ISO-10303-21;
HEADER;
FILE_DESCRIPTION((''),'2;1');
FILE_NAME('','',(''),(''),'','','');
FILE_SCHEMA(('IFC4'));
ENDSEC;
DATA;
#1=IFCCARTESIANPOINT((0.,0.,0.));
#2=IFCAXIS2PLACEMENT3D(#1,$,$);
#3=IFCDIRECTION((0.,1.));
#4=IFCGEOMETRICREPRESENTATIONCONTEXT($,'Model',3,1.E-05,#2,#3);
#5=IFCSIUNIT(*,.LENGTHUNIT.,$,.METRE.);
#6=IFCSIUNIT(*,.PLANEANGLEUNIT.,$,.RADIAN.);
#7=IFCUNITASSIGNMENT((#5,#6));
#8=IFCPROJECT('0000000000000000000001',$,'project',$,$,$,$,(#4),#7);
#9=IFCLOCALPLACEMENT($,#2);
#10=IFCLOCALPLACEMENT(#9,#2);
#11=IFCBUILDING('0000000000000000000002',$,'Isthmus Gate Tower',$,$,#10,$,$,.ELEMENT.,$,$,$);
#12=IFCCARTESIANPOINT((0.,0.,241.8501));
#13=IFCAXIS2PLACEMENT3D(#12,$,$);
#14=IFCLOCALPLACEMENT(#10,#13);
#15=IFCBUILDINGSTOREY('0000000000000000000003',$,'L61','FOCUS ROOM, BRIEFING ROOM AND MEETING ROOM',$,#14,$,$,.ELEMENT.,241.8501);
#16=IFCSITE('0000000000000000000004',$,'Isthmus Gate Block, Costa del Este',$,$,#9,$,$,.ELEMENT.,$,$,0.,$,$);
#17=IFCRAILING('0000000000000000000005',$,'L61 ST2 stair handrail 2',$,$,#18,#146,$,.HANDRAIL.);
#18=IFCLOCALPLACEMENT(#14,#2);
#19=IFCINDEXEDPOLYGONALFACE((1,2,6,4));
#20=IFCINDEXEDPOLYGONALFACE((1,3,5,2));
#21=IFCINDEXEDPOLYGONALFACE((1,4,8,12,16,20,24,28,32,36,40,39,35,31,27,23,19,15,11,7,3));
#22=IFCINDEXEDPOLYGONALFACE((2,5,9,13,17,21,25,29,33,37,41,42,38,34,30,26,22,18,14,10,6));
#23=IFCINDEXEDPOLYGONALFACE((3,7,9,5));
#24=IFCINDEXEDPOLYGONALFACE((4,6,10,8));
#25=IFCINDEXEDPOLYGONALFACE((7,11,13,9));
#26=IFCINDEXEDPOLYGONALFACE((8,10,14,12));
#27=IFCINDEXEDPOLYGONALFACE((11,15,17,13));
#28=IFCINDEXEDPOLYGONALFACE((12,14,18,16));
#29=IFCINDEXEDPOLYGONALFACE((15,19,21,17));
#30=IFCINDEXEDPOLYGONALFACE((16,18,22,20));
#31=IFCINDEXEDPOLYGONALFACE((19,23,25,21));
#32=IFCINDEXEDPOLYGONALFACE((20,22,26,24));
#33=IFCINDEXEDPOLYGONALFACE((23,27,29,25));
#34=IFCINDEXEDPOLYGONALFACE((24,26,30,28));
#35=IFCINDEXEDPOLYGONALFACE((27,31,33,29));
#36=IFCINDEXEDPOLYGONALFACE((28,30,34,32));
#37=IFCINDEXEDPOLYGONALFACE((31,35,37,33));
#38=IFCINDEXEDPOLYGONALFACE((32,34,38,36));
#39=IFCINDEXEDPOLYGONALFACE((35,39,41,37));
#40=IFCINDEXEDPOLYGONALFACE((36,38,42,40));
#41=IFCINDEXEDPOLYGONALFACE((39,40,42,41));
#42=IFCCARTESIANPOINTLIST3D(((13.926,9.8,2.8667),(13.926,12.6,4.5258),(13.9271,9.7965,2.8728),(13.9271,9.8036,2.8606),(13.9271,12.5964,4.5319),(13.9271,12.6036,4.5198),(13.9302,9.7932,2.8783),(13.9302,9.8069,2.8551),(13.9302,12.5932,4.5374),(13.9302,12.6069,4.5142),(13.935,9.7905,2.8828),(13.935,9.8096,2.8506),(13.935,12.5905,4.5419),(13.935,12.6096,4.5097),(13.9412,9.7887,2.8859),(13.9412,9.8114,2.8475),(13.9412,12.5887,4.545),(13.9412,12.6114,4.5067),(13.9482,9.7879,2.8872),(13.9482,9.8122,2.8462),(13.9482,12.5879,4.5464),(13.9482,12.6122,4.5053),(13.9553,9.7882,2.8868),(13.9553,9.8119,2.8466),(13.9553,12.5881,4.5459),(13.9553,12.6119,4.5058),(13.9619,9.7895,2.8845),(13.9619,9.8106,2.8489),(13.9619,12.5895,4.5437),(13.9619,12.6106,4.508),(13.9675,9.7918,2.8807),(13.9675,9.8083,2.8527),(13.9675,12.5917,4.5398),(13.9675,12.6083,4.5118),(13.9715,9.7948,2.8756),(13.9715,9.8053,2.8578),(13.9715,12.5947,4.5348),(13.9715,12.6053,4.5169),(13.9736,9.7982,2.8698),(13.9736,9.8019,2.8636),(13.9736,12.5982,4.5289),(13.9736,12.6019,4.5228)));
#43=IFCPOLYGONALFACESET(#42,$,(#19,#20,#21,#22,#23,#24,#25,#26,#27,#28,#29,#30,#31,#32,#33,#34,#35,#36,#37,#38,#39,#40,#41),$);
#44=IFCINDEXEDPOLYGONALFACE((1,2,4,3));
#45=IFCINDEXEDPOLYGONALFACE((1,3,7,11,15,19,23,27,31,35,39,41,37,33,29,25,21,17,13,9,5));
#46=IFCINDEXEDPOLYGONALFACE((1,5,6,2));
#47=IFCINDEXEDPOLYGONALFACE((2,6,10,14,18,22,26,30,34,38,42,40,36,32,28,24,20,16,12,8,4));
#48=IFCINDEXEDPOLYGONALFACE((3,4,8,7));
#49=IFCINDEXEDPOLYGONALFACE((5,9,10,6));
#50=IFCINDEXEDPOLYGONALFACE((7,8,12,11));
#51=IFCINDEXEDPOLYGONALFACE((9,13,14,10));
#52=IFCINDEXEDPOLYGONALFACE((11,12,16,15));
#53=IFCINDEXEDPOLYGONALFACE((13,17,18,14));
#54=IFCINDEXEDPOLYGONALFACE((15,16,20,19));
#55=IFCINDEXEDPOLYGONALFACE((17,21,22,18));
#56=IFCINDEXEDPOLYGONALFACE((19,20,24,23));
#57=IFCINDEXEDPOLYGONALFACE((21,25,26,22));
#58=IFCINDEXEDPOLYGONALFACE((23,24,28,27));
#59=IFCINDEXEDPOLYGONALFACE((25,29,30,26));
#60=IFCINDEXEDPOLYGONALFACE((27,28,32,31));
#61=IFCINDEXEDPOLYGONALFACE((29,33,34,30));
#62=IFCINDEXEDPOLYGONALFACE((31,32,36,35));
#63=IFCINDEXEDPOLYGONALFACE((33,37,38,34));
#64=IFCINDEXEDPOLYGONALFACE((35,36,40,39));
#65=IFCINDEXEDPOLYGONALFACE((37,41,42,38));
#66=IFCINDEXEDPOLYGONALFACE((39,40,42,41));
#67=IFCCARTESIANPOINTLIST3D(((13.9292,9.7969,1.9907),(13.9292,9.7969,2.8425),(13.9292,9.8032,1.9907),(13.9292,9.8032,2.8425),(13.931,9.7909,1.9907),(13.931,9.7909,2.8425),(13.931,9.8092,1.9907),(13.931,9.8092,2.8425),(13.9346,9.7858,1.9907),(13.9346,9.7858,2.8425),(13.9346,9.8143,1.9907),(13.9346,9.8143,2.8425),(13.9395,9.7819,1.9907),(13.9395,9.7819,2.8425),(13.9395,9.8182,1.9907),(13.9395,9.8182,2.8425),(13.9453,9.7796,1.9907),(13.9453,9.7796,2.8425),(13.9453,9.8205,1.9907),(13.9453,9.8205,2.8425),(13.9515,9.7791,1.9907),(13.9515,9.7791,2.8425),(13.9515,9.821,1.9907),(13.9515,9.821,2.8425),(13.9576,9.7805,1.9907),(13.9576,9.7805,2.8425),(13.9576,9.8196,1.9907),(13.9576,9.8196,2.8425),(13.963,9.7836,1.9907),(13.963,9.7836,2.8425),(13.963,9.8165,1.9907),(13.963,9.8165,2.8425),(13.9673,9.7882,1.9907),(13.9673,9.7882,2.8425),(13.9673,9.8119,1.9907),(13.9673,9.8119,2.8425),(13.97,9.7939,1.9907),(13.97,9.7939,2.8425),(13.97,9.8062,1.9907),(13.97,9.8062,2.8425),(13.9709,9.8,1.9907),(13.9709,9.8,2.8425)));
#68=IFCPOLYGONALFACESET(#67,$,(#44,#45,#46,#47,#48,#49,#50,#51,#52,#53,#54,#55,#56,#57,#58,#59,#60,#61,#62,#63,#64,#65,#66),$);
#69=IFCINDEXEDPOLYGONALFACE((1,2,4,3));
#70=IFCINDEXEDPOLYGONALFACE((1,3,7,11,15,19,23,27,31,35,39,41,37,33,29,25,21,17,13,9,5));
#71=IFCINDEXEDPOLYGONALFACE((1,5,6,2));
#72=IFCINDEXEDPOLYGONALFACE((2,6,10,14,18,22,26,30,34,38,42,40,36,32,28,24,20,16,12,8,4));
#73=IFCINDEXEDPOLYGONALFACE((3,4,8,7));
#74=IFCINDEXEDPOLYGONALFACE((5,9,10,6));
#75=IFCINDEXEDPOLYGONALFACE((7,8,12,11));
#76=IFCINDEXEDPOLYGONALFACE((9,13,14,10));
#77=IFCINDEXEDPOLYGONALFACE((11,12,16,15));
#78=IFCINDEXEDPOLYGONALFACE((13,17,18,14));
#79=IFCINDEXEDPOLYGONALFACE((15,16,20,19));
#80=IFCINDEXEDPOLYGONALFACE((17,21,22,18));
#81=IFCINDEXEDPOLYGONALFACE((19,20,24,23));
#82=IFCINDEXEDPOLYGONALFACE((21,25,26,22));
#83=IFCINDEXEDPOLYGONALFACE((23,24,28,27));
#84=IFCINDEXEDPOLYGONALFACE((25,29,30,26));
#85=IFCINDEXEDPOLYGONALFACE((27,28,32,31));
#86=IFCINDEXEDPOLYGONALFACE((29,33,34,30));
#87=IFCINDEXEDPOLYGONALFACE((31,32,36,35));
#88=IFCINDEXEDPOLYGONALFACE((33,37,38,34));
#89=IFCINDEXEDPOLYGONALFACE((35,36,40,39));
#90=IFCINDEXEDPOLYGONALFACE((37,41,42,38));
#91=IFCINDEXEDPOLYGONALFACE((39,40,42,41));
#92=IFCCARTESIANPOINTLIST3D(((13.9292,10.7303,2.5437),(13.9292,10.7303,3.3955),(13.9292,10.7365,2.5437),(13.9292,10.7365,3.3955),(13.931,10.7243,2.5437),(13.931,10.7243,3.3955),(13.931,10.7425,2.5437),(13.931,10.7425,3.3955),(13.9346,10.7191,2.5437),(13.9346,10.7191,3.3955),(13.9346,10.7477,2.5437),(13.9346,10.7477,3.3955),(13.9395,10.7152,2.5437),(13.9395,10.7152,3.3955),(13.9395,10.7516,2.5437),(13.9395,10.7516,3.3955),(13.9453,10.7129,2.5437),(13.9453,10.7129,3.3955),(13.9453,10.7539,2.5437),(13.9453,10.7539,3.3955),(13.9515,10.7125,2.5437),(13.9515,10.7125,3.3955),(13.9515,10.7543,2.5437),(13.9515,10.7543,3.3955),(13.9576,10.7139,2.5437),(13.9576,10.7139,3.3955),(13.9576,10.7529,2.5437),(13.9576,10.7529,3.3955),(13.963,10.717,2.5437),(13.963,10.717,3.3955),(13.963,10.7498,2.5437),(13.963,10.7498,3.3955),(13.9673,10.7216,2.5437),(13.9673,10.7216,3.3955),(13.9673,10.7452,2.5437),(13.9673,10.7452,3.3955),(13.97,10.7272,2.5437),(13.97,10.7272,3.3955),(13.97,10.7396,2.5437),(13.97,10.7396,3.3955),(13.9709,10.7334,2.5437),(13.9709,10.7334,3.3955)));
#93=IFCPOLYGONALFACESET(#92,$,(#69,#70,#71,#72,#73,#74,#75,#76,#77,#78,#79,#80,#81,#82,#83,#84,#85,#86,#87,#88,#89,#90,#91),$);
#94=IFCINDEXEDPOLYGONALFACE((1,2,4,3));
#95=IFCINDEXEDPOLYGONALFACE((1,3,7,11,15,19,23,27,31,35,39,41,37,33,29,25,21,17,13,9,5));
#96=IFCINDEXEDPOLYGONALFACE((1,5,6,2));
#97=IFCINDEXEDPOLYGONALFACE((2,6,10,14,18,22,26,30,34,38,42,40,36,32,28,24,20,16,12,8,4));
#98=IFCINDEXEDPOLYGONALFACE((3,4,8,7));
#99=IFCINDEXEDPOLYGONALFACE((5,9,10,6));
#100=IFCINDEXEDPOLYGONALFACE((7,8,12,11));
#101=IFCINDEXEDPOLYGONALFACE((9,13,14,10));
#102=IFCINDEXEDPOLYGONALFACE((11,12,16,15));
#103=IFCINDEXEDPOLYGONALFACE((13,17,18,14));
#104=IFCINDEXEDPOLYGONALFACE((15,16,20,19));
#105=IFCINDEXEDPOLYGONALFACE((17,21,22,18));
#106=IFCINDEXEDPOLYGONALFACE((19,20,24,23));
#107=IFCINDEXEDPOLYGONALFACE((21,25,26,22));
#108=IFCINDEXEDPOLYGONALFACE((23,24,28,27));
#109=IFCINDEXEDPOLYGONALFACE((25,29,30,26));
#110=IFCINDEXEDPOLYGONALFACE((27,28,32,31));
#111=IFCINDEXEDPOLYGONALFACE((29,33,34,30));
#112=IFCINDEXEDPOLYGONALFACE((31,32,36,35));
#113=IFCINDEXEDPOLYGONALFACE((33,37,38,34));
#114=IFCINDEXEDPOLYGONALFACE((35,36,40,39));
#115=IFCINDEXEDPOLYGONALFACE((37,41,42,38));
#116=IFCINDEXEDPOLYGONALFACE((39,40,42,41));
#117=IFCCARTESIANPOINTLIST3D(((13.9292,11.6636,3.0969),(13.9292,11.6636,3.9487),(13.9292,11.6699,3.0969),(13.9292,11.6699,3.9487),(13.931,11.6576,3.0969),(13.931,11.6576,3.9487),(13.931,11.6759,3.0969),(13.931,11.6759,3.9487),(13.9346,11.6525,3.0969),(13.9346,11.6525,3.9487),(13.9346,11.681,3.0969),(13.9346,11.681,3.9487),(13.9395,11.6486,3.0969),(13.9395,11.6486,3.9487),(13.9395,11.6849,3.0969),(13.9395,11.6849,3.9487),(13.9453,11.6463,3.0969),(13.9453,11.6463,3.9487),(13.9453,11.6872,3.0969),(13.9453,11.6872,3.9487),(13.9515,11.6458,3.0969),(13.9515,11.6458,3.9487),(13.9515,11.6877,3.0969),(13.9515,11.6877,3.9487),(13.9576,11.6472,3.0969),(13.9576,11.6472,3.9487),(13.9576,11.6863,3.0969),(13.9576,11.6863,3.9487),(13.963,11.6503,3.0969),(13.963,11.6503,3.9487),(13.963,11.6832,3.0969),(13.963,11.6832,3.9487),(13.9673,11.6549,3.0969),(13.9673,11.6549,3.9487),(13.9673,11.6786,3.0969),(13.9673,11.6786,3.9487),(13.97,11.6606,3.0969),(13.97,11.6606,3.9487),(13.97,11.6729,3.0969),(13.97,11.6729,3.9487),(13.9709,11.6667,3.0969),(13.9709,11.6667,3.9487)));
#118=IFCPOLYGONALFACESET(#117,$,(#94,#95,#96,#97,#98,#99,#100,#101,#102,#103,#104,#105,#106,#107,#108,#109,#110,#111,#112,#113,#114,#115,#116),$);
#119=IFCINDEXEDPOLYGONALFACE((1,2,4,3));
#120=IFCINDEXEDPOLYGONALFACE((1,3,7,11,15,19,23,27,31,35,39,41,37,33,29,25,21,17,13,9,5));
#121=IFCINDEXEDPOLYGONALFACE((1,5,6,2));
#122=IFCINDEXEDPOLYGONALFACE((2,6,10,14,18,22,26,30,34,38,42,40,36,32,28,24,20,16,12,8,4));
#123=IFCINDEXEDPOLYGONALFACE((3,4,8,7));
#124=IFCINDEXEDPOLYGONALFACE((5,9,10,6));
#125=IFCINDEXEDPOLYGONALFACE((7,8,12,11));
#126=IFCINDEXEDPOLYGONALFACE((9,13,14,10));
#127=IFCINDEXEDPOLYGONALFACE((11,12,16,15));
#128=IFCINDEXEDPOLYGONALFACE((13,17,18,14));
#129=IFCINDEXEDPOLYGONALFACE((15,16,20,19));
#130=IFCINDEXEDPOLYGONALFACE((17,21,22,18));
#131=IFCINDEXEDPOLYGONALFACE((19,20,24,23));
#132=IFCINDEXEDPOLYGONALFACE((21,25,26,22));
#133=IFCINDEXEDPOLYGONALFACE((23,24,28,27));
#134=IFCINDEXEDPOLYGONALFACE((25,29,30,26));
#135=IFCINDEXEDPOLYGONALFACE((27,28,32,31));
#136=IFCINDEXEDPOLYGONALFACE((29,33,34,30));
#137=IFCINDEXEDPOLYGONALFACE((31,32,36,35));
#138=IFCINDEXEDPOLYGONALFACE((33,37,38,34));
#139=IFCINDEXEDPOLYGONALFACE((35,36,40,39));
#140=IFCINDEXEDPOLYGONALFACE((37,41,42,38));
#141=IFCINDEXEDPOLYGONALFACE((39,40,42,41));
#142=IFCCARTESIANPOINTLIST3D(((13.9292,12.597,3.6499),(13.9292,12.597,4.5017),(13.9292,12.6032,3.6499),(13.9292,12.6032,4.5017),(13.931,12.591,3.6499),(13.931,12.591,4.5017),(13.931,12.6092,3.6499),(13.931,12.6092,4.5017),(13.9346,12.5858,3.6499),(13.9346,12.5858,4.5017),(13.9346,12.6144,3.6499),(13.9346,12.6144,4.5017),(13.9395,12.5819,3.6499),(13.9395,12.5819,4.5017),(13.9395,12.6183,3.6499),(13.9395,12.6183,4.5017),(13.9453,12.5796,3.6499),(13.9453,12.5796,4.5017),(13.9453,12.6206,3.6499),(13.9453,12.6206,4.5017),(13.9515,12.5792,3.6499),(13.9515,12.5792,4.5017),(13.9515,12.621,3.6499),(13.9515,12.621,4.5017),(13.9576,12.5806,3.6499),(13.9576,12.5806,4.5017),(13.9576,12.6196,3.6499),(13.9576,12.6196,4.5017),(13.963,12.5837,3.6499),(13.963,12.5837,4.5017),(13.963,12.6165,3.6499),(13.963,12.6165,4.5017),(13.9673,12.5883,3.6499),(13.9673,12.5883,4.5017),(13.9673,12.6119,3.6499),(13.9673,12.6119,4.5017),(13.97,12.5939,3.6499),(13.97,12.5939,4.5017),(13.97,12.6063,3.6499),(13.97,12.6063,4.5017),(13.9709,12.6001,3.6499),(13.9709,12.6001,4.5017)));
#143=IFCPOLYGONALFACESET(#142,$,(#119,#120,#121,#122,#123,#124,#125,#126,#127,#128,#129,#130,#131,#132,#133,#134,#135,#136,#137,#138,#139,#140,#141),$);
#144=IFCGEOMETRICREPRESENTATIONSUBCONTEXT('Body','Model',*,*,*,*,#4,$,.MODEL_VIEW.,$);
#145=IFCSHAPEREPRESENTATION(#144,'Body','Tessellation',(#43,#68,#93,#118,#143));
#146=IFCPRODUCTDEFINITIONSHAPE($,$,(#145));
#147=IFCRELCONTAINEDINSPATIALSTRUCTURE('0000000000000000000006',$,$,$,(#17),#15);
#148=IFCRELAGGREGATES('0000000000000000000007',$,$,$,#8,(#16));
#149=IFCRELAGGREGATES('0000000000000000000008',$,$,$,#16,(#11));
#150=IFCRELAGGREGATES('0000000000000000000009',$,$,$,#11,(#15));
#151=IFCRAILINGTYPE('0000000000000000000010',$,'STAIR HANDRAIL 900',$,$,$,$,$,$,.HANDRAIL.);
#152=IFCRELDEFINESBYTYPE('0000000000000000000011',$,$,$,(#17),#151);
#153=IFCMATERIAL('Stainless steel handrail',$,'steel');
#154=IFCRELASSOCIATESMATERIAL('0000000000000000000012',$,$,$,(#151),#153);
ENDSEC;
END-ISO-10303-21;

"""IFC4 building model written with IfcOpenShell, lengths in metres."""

from ifc_helpers import new_model, si_unit, direction, frame, origin, origin_2d, place, context, subcontext, project, spatial, circle, extrude, material, type_object, element, save


model = new_model("IFC4")

# Units and contexts
model_context = context("Model", 3, precision=1e-05, world=origin(), true_north=direction((0.0, 1.0)))
body_context = subcontext(model_context, "Body", "Model", "MODEL_VIEW")
ifc_project = project(units=[si_unit("LENGTHUNIT", "METRE"), si_unit("PLANEANGLEUNIT", "RADIAN")], contexts=[model_context])

# Site, building, storey
site_placement = place(None, origin())
site = spatial("IfcSite", under=ifc_project, at=site_placement, Name="Isthmus Gate Block, Costa del Este", CompositionType="ELEMENT", RefElevation=0.0)
building_placement = place(site_placement, origin())
building = spatial("IfcBuilding", under=site, at=building_placement, Name="Isthmus Gate Tower", CompositionType="ELEMENT")
storey_placement = place(building_placement, frame((0.0, 0.0, 241.8501)))
storey = spatial("IfcBuildingStorey", under=building, at=storey_placement, Name="L61", Description="FOCUS ROOM, BRIEFING ROOM AND MEETING ROOM", CompositionType="ELEMENT", Elevation=241.8501)

# Railing
ifc_material_1 = material(Name="Stainless steel handrail", Category="steel")
railing_type_1 = type_object("IfcRailingType", Name="STAIR HANDRAIL 900", PredefinedType="HANDRAIL", material=ifc_material_1)
for number, where, name in (
    (1, (13.95, 9.8, 1.9907), "L61 ST2 stair handrail 2"),
):
    element("IfcRailing", number, at=place(storey_placement, frame(where)), inside=storey, type_object=railing_type_1, Name=name, PredefinedType="HANDRAIL", context=body_context, shape_type="SweptSolid", body=[
        extrude(circle(Radius=0.0239, at=origin_2d()), frame((0.0, 0.0, 0.876), z_axis=(0.0, 0.860306, 0.509778), x_axis=(-1.0, 0.0, 0.0)), (0.0, 0.0, 1.0), 3.2546),
        extrude(circle(Radius=0.021, at=origin_2d()), origin(), (0.0, 0.0, 1.0), 0.8518),
        extrude(circle(Radius=0.021, at=origin_2d()), frame((0.0, 0.9333, 0.553)), (0.0, 0.0, 1.0), 0.8518),
        extrude(circle(Radius=0.021, at=origin_2d()), frame((0.0, 1.8667, 1.1062)), (0.0, 0.0, 1.0), 0.8518),
        extrude(circle(Radius=0.021, at=origin_2d()), frame((0.0, 2.8, 1.6592)), (0.0, 0.0, 1.0), 0.8518),
    ])

save(model, "model.ifc")
